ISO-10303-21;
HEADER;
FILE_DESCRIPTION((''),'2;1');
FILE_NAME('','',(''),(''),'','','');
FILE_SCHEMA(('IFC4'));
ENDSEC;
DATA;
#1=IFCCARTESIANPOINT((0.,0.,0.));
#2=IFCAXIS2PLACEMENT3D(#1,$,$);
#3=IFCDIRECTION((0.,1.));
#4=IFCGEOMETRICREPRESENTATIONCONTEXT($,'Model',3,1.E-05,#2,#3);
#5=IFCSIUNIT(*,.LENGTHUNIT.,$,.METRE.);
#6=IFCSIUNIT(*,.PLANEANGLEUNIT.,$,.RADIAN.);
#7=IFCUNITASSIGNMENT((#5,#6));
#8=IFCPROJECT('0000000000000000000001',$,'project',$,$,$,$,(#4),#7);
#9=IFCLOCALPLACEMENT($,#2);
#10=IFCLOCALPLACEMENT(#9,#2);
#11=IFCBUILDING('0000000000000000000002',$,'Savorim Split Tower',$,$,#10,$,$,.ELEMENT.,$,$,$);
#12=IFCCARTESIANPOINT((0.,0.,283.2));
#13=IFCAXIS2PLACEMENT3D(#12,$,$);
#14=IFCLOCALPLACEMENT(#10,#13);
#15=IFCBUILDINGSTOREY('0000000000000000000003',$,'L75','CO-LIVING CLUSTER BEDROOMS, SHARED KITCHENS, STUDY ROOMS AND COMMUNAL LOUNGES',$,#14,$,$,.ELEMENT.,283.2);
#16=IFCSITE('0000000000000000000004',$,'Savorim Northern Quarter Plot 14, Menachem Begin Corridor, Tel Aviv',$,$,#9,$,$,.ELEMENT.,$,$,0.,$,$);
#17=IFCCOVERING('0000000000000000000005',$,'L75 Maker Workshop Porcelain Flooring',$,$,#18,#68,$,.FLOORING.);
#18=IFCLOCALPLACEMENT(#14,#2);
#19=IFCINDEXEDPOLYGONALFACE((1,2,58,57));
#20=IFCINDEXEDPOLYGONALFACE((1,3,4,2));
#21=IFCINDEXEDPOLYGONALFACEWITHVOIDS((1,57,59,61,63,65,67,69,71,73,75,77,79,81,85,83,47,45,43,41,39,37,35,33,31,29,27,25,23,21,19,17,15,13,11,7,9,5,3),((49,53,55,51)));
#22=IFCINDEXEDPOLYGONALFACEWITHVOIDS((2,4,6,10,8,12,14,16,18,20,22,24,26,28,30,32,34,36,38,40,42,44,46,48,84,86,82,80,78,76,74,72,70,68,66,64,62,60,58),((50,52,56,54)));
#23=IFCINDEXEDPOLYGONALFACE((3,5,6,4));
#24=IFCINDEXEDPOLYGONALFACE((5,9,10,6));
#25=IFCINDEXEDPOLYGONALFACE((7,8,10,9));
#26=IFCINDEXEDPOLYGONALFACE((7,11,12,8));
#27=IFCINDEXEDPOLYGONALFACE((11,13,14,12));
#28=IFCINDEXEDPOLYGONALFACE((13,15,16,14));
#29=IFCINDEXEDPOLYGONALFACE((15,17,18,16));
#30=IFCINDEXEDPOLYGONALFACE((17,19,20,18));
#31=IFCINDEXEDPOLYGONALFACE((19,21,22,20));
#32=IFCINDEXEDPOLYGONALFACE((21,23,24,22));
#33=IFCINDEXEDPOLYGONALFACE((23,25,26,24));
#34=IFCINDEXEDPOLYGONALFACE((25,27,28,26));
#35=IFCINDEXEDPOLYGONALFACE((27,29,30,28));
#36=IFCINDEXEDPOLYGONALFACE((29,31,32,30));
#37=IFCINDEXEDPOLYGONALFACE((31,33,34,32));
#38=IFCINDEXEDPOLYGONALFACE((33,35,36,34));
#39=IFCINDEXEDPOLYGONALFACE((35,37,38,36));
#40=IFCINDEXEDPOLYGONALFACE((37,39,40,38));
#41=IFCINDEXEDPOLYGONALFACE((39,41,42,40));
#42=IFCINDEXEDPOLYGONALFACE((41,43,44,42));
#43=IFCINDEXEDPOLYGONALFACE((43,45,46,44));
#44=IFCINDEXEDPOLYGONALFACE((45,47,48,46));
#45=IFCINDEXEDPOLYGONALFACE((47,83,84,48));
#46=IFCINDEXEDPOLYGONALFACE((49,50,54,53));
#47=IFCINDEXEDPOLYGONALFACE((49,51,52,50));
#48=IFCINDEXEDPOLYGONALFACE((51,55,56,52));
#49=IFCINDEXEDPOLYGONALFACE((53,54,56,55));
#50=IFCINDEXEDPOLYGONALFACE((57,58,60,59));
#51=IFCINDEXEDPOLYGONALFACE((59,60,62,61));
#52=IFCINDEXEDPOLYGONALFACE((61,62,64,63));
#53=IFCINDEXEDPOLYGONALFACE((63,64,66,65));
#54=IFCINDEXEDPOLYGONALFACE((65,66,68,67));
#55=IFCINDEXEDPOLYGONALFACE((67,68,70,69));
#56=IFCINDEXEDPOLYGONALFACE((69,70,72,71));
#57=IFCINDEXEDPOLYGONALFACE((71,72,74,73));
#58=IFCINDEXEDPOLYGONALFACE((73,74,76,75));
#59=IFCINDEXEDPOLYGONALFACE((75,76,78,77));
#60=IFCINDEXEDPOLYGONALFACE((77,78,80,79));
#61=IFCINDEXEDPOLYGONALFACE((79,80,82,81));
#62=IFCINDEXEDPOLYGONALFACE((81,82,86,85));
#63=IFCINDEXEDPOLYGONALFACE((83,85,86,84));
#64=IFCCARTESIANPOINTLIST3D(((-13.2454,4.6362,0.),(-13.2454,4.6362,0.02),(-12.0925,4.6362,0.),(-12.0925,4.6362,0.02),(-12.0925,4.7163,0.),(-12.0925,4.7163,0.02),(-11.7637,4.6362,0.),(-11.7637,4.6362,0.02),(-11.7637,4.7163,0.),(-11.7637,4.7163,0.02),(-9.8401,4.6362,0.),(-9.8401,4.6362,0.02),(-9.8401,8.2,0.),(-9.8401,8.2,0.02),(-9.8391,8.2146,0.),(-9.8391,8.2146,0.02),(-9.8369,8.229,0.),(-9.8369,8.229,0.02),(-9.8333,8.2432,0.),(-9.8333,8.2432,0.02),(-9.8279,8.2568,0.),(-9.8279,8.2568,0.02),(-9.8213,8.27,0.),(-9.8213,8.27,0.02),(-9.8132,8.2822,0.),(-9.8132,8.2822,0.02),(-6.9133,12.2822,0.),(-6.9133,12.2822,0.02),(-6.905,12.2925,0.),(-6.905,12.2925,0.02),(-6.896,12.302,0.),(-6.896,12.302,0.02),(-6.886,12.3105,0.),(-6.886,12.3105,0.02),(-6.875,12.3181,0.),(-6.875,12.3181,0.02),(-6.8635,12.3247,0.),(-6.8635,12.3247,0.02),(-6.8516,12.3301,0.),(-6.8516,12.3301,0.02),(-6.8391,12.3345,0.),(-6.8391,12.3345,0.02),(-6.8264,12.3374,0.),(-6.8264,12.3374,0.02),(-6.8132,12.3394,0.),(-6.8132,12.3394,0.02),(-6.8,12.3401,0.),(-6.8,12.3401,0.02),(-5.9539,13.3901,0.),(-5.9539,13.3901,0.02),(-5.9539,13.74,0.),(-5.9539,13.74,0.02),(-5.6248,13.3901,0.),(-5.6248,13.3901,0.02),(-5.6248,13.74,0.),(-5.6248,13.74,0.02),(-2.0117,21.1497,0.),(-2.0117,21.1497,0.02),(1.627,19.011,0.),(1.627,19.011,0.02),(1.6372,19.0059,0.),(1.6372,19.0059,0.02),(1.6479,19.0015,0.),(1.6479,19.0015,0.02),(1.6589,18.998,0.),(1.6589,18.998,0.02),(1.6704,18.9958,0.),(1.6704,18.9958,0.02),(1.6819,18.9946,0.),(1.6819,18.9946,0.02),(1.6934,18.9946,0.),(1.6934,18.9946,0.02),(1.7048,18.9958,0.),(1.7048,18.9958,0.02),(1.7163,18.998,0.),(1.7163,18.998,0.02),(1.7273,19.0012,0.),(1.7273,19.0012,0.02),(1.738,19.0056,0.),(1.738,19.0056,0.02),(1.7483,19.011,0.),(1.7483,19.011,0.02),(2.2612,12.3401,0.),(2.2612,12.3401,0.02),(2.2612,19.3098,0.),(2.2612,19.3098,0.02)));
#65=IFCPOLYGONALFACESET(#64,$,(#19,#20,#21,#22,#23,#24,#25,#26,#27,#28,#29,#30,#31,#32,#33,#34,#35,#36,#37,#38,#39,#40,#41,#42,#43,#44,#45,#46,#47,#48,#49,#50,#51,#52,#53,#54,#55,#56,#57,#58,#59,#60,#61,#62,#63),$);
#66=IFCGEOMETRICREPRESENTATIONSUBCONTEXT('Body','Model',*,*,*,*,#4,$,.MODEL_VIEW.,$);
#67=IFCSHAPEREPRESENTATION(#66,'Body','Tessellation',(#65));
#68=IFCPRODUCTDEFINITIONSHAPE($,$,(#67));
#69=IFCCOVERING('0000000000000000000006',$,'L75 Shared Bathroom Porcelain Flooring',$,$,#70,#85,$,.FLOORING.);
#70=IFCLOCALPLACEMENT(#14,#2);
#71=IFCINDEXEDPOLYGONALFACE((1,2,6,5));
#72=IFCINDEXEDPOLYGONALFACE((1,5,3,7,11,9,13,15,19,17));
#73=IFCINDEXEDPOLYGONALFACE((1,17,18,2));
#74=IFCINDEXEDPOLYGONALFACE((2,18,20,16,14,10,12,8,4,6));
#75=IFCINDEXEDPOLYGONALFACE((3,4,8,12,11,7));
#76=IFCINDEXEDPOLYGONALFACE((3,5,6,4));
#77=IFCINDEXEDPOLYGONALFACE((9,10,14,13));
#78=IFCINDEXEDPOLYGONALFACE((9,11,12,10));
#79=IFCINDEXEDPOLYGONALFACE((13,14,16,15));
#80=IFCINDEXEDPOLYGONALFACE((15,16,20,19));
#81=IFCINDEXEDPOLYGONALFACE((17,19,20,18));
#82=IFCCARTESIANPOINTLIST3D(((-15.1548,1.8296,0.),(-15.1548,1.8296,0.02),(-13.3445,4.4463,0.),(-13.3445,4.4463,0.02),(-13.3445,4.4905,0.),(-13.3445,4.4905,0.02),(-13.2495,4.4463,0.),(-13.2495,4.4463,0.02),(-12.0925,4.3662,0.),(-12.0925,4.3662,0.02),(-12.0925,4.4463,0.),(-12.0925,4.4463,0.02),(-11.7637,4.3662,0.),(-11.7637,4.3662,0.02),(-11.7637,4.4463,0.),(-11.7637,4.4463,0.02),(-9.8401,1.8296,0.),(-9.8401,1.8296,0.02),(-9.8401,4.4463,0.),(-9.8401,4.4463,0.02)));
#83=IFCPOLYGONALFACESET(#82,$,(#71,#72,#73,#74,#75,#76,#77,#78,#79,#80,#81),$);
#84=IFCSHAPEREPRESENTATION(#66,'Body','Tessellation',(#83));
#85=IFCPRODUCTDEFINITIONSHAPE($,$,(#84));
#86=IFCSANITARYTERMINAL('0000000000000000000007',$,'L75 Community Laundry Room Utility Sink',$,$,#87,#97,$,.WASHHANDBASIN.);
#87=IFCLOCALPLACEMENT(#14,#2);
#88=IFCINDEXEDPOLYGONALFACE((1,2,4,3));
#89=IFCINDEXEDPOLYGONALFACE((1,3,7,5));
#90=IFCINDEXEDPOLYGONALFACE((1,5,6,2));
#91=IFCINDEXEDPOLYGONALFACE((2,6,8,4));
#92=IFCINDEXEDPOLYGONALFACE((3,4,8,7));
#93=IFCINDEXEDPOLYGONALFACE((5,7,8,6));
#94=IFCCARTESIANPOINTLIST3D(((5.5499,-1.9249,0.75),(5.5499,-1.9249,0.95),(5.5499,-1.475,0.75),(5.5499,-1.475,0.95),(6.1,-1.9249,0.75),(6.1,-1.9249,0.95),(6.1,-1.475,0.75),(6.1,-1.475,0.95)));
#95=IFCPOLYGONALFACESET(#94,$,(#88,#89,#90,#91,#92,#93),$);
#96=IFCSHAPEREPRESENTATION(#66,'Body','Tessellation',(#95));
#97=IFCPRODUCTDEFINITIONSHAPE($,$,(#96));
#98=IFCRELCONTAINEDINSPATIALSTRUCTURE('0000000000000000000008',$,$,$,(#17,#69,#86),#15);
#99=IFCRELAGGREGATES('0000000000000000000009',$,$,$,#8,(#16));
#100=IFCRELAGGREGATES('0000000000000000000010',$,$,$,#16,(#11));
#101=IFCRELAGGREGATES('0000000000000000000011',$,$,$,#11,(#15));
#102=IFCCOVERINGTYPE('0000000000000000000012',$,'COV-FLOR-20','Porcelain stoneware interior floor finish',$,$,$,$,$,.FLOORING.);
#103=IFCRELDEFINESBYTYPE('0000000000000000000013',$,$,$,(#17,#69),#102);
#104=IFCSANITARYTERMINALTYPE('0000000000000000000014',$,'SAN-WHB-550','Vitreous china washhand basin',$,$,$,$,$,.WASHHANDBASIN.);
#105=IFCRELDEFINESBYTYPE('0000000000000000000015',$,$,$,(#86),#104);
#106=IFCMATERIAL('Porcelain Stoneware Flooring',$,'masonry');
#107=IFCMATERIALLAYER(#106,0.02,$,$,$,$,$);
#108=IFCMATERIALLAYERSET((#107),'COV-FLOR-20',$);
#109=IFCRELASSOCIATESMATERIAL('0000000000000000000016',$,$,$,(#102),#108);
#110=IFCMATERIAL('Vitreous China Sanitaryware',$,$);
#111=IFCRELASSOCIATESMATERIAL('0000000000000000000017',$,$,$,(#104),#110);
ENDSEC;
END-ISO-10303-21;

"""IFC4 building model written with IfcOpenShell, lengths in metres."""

from ifc_helpers import new_model, si_unit, direction, frame, origin, origin_2d, place, context, subcontext, project, spatial, polyline, rectangle, outline, extrude, material, layer, layer_set, type_object, element, save


model = new_model("IFC4")

# Units and contexts
model_context = context("Model", 3, precision=1e-05, world=origin(), true_north=direction((0.0, 1.0)))
body_context = subcontext(model_context, "Body", "Model", "MODEL_VIEW")
ifc_project = project(units=[si_unit("LENGTHUNIT", "METRE"), si_unit("PLANEANGLEUNIT", "RADIAN")], contexts=[model_context])

# Site, building, storey
site_placement = place(None, origin())
site = spatial("IfcSite", under=ifc_project, at=site_placement, Name="Savorim Northern Quarter Plot 14, Menachem Begin Corridor, Tel Aviv", CompositionType="ELEMENT", RefElevation=0.0)
building_placement = place(site_placement, origin())
building = spatial("IfcBuilding", under=site, at=building_placement, Name="Savorim Split Tower", CompositionType="ELEMENT")
storey_placement = place(building_placement, frame((0.0, 0.0, 283.2)))
storey = spatial("IfcBuildingStorey", under=building, at=storey_placement, Name="L75", Description="CO-LIVING CLUSTER BEDROOMS, SHARED KITCHENS, STUDY ROOMS AND COMMUNAL LOUNGES", CompositionType="ELEMENT", Elevation=283.2)

# Coverings
ifc_material_1 = material(Name="Porcelain Stoneware Flooring", Category="masonry")
ifc_layer_1 = layer(ifc_material_1, 0.02)
ifc_layer_set_1 = layer_set([ifc_layer_1], Name="COV-FLOR-20")
covering_type_1 = type_object("IfcCoveringType", Name="COV-FLOR-20", Description="Porcelain stoneware interior floor finish", PredefinedType="FLOORING", material=ifc_layer_set_1)
covering_1_placement = place(storey_placement, origin())
element("IfcCovering", 1, at=covering_1_placement, inside=storey, type_object=covering_type_1, Name="L75 Maker Workshop Porcelain Flooring", PredefinedType="FLOORING", context=body_context, shape_type="SweptSolid", body=[
    extrude(outline(polyline([(1.6479, 19.0015), (1.6372, 19.0059), (1.627, 19.011), (-2.0117, 21.1497), (-13.2454, 4.6362), (-12.0925, 4.6362), (-12.0925, 4.7163), (-11.7637, 4.7163), (-11.7637, 4.6362), (-9.8401, 4.6362), (-9.8401, 8.2), (-9.8391, 8.2146), (-9.8369, 8.229), (-9.8333, 8.2432), (-9.8279, 8.2568), (-9.8213, 8.27), (-9.8132, 8.2822), (-6.9133, 12.2822), (-6.905, 12.2925), (-6.896, 12.302), (-6.886, 12.3105), (-6.875, 12.3181), (-6.8635, 12.3247), (-6.8516, 12.3301), (-6.8391, 12.3345), (-6.8264, 12.3374), (-6.8132, 12.3394), (-6.8, 12.3401), (2.2612, 12.3401), (2.2612, 19.3098), (1.7483, 19.011), (1.738, 19.0056), (1.7273, 19.0012), (1.7163, 18.998), (1.7048, 18.9958), (1.6934, 18.9946), (1.6819, 18.9946), (1.6704, 18.9958), (1.6589, 18.998), (1.6479, 19.0015)]), holes=[polyline([(-5.6248, 13.74), (-5.9539, 13.74), (-5.9539, 13.3901), (-5.6248, 13.3901), (-5.6248, 13.74)])]), origin(), (0.0, 0.0, 1.0), 0.02),
])
covering_2_placement = place(storey_placement, origin())
element("IfcCovering", 2, at=covering_2_placement, inside=storey, type_object=covering_type_1, Name="L75 Shared Bathroom Porcelain Flooring", PredefinedType="FLOORING", context=body_context, shape_type="SweptSolid", body=[
    extrude(outline(polyline([(-12.0925, 4.4463), (-13.2495, 4.4463), (-13.3445, 4.4463), (-13.3445, 4.4905), (-15.1548, 1.8296), (-9.8401, 1.8296), (-9.8401, 4.4463), (-11.7637, 4.4463), (-11.7637, 4.3662), (-12.0925, 4.3662), (-12.0925, 4.4463)])), origin(), (0.0, 0.0, 1.0), 0.02),
])

# Sanitary terminal
ifc_material_2 = material(Name="Vitreous China Sanitaryware")
sanitary_terminal_type = type_object("IfcSanitaryTerminalType", Name="SAN-WHB-550", Description="Vitreous china washhand basin", PredefinedType="WASHHANDBASIN", material=ifc_material_2)
sanitary_terminal_placement = place(storey_placement, frame((5.825, -1.7, 0.75), z_axis=(0.0, 0.0, 1.0), x_axis=(1.0, 0.0, 0.0)))
element("IfcSanitaryTerminal", 3, at=sanitary_terminal_placement, inside=storey, type_object=sanitary_terminal_type, Name="L75 Community Laundry Room Utility Sink", PredefinedType="WASHHANDBASIN", context=body_context, shape_type="SweptSolid", body=[
    extrude(rectangle(XDim=0.55, YDim=0.45, at=origin_2d()), origin(), (0.0, 0.0, 1.0), 0.2),
])

save(model, "model.ifc")
